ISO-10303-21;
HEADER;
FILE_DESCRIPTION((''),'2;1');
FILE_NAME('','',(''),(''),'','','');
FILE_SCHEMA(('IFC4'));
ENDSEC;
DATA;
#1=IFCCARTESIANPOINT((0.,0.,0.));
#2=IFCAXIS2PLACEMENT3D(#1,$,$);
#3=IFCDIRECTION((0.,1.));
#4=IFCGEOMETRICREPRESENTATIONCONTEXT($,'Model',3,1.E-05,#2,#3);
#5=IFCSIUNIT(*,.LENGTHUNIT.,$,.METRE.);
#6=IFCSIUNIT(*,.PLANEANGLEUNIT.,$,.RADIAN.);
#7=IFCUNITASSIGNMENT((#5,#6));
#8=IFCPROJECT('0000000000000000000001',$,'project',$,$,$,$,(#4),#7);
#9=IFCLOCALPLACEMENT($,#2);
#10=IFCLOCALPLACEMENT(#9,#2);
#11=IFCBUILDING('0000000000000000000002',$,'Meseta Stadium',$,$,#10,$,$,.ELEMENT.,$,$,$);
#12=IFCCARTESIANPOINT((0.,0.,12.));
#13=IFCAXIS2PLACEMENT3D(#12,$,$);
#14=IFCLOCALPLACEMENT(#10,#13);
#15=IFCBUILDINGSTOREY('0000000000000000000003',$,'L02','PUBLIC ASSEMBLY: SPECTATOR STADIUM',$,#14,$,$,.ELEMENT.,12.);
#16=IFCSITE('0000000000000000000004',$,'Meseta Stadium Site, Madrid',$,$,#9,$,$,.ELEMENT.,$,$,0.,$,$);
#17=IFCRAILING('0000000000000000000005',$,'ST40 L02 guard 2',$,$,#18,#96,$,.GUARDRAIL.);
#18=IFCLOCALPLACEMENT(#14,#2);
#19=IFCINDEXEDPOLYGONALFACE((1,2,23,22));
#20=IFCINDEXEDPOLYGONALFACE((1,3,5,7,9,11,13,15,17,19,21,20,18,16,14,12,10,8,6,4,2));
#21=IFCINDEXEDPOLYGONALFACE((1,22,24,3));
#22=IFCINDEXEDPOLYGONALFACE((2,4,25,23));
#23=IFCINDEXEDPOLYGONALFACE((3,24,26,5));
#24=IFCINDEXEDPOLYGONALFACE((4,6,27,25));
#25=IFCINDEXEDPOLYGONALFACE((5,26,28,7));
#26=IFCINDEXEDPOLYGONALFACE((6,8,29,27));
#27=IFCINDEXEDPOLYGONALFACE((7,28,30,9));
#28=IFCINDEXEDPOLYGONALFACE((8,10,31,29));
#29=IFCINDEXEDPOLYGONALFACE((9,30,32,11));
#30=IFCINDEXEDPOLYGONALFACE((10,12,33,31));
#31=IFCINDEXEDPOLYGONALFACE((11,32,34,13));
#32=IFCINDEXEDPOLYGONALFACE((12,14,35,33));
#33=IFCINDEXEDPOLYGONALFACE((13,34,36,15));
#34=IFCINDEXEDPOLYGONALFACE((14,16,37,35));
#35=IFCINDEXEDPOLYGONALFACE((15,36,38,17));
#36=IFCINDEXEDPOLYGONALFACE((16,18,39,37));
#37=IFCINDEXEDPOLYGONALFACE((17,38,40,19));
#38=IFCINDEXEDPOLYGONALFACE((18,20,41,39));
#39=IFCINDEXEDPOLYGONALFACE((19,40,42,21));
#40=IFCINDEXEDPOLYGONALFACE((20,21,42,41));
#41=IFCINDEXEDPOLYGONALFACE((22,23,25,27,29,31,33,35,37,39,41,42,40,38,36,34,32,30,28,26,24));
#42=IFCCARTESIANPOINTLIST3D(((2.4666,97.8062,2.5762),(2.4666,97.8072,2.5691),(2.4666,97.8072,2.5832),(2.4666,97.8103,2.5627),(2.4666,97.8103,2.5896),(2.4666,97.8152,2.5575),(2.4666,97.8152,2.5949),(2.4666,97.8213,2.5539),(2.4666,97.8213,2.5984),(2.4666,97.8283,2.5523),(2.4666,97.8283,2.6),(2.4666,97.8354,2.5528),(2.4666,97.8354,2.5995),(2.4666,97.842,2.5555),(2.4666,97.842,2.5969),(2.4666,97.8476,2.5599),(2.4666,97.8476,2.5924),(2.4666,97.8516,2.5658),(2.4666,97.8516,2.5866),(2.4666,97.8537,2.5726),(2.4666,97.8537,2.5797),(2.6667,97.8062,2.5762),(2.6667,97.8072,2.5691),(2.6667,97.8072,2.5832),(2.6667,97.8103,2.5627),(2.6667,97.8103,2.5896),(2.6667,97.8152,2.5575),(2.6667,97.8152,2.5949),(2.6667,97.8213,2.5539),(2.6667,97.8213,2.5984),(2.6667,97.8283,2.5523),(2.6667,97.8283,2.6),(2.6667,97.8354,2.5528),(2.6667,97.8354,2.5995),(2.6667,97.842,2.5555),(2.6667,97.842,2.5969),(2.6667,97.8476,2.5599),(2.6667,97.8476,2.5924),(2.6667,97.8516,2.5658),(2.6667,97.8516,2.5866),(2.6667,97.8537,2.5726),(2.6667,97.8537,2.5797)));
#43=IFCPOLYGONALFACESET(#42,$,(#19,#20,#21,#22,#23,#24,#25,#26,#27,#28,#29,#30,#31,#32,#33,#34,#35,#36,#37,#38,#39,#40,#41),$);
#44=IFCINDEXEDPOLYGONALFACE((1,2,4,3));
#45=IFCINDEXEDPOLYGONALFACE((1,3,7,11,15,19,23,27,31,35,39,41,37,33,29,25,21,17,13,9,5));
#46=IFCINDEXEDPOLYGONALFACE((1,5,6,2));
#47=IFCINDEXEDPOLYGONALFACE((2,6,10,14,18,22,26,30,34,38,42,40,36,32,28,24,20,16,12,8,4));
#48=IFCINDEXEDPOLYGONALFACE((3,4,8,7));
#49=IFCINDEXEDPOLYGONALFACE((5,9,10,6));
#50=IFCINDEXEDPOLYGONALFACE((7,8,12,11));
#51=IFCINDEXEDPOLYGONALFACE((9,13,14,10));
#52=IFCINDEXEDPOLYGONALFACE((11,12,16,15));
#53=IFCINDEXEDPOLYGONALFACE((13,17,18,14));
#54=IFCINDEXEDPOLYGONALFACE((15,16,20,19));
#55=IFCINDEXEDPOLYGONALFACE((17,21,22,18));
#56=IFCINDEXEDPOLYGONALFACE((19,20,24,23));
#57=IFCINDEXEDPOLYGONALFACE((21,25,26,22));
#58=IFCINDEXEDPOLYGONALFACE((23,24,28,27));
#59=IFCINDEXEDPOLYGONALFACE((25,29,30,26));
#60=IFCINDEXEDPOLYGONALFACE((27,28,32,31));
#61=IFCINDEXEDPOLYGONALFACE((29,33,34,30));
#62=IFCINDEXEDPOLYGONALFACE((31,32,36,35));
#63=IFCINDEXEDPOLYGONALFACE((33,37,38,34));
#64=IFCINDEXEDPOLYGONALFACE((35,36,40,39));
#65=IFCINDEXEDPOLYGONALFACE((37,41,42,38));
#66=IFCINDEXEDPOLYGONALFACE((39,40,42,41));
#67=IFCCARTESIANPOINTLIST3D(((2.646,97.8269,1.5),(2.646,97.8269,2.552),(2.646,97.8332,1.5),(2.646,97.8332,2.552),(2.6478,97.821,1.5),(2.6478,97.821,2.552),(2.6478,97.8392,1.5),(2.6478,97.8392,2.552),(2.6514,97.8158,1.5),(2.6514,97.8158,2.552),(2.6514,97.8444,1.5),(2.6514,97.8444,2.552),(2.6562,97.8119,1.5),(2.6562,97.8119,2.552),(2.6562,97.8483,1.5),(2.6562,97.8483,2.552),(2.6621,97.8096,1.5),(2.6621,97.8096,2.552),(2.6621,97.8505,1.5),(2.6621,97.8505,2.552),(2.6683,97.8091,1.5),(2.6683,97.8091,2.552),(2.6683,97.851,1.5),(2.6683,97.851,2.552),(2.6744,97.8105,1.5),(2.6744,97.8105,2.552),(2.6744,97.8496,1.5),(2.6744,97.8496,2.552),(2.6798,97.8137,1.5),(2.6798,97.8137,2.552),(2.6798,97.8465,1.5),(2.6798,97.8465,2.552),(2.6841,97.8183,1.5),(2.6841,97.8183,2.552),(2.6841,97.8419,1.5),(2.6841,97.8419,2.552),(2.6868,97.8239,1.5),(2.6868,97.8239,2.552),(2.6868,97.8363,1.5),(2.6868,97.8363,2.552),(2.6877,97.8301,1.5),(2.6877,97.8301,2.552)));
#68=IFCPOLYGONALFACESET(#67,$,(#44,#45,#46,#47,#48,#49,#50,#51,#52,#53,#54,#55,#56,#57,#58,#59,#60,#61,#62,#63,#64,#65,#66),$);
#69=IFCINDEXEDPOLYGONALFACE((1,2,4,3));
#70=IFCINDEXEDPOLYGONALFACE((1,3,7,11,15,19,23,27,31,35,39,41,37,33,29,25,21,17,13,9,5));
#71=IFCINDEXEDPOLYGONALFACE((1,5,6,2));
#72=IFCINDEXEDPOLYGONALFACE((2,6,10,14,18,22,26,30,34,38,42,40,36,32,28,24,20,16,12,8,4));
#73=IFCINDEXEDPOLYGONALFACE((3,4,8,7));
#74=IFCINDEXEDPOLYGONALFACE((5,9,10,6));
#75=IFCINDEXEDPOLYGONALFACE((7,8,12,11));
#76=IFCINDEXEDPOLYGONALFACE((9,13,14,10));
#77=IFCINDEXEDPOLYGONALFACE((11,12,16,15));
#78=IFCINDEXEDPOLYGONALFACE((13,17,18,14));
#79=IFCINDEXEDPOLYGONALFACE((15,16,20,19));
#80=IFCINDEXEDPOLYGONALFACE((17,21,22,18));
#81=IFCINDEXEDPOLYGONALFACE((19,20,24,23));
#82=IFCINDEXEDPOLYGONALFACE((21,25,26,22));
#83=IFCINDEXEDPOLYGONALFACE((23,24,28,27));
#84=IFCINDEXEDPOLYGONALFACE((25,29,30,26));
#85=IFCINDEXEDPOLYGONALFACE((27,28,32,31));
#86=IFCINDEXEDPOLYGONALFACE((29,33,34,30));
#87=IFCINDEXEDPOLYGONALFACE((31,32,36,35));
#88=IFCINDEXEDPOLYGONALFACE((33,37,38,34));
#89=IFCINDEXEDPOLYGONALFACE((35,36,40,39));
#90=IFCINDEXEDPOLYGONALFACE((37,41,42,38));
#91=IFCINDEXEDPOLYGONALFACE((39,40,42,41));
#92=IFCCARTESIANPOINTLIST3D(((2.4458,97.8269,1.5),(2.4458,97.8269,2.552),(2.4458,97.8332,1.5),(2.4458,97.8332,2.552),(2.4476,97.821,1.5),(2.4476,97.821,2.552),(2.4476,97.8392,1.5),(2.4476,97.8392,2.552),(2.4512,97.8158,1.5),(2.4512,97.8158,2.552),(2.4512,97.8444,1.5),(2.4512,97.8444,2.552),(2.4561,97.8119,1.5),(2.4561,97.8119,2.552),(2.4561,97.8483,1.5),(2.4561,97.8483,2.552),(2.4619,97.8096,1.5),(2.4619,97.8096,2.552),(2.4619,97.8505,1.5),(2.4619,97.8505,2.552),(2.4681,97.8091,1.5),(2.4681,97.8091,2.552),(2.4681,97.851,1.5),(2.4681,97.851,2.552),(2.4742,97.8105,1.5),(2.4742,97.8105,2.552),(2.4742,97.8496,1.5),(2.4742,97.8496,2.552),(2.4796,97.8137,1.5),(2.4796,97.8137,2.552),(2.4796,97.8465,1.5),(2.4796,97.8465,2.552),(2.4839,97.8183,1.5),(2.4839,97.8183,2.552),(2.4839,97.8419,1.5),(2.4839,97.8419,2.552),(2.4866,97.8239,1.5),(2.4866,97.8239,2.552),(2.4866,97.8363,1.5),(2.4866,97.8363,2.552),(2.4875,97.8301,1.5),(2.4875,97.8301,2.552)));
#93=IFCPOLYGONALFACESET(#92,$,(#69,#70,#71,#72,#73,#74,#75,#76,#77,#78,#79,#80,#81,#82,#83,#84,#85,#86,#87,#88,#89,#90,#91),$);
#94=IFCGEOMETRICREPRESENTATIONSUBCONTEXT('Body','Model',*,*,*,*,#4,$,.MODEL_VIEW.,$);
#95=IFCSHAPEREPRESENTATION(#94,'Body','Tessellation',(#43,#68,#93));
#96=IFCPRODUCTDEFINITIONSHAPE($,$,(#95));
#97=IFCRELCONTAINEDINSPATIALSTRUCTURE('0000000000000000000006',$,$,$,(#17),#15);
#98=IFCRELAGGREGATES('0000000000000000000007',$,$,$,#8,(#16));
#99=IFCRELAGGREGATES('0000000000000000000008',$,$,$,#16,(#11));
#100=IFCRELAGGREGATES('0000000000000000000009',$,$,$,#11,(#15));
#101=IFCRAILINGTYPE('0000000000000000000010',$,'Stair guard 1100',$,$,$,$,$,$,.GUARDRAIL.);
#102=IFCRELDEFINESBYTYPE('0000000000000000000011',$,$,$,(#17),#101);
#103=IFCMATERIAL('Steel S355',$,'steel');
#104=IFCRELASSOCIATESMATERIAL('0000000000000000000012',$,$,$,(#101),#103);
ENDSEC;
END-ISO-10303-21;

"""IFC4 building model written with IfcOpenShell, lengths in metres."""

from ifc_helpers import new_model, si_unit, direction, frame, origin, origin_2d, place, context, subcontext, project, spatial, circle, extrude, material, type_object, element, save


model = new_model("IFC4")

# Units and contexts
model_context = context("Model", 3, precision=1e-05, world=origin(), true_north=direction((0.0, 1.0)))
body_context = subcontext(model_context, "Body", "Model", "MODEL_VIEW")
ifc_project = project(units=[si_unit("LENGTHUNIT", "METRE"), si_unit("PLANEANGLEUNIT", "RADIAN")], contexts=[model_context])

# Site, building, storey
site_placement = place(None, origin())
site = spatial("IfcSite", under=ifc_project, at=site_placement, Name="Meseta Stadium Site, Madrid", CompositionType="ELEMENT", RefElevation=0.0)
building_placement = place(site_placement, origin())
building = spatial("IfcBuilding", under=site, at=building_placement, Name="Meseta Stadium", CompositionType="ELEMENT")
storey_placement = place(building_placement, frame((0.0, 0.0, 12.0)))
storey = spatial("IfcBuildingStorey", under=building, at=storey_placement, Name="L02", Description="PUBLIC ASSEMBLY: SPECTATOR STADIUM", CompositionType="ELEMENT", Elevation=12.0)

# Railing
ifc_material_1 = material(Name="Steel S355", Category="steel")
railing_type_1 = type_object("IfcRailingType", Name="Stair guard 1100", PredefinedType="GUARDRAIL", material=ifc_material_1)
railing_1_placement = place(storey_placement, frame((2.6667, 97.8301, 1.5)))
element("IfcRailing", 1, at=railing_1_placement, inside=storey, type_object=railing_type_1, Name="ST40 L02 guard 2", PredefinedType="GUARDRAIL", context=body_context, shape_type="SweptSolid", body=[
    extrude(circle(Radius=0.0239, at=origin_2d()), frame((0.0, 0.0, 1.0762), z_axis=(-1.0, 0.0, 0.0), x_axis=(0.0, -1.0, 0.0)), (0.0, 0.0, 1.0), 0.2002),
    extrude(circle(Radius=0.021, at=origin_2d()), origin(), (0.0, 0.0, 1.0), 1.052),
    extrude(circle(Radius=0.021, at=origin_2d()), frame((-0.2002, 0.0, 0.0)), (0.0, 0.0, 1.0), 1.052),
])

save(model, "model.ifc")
